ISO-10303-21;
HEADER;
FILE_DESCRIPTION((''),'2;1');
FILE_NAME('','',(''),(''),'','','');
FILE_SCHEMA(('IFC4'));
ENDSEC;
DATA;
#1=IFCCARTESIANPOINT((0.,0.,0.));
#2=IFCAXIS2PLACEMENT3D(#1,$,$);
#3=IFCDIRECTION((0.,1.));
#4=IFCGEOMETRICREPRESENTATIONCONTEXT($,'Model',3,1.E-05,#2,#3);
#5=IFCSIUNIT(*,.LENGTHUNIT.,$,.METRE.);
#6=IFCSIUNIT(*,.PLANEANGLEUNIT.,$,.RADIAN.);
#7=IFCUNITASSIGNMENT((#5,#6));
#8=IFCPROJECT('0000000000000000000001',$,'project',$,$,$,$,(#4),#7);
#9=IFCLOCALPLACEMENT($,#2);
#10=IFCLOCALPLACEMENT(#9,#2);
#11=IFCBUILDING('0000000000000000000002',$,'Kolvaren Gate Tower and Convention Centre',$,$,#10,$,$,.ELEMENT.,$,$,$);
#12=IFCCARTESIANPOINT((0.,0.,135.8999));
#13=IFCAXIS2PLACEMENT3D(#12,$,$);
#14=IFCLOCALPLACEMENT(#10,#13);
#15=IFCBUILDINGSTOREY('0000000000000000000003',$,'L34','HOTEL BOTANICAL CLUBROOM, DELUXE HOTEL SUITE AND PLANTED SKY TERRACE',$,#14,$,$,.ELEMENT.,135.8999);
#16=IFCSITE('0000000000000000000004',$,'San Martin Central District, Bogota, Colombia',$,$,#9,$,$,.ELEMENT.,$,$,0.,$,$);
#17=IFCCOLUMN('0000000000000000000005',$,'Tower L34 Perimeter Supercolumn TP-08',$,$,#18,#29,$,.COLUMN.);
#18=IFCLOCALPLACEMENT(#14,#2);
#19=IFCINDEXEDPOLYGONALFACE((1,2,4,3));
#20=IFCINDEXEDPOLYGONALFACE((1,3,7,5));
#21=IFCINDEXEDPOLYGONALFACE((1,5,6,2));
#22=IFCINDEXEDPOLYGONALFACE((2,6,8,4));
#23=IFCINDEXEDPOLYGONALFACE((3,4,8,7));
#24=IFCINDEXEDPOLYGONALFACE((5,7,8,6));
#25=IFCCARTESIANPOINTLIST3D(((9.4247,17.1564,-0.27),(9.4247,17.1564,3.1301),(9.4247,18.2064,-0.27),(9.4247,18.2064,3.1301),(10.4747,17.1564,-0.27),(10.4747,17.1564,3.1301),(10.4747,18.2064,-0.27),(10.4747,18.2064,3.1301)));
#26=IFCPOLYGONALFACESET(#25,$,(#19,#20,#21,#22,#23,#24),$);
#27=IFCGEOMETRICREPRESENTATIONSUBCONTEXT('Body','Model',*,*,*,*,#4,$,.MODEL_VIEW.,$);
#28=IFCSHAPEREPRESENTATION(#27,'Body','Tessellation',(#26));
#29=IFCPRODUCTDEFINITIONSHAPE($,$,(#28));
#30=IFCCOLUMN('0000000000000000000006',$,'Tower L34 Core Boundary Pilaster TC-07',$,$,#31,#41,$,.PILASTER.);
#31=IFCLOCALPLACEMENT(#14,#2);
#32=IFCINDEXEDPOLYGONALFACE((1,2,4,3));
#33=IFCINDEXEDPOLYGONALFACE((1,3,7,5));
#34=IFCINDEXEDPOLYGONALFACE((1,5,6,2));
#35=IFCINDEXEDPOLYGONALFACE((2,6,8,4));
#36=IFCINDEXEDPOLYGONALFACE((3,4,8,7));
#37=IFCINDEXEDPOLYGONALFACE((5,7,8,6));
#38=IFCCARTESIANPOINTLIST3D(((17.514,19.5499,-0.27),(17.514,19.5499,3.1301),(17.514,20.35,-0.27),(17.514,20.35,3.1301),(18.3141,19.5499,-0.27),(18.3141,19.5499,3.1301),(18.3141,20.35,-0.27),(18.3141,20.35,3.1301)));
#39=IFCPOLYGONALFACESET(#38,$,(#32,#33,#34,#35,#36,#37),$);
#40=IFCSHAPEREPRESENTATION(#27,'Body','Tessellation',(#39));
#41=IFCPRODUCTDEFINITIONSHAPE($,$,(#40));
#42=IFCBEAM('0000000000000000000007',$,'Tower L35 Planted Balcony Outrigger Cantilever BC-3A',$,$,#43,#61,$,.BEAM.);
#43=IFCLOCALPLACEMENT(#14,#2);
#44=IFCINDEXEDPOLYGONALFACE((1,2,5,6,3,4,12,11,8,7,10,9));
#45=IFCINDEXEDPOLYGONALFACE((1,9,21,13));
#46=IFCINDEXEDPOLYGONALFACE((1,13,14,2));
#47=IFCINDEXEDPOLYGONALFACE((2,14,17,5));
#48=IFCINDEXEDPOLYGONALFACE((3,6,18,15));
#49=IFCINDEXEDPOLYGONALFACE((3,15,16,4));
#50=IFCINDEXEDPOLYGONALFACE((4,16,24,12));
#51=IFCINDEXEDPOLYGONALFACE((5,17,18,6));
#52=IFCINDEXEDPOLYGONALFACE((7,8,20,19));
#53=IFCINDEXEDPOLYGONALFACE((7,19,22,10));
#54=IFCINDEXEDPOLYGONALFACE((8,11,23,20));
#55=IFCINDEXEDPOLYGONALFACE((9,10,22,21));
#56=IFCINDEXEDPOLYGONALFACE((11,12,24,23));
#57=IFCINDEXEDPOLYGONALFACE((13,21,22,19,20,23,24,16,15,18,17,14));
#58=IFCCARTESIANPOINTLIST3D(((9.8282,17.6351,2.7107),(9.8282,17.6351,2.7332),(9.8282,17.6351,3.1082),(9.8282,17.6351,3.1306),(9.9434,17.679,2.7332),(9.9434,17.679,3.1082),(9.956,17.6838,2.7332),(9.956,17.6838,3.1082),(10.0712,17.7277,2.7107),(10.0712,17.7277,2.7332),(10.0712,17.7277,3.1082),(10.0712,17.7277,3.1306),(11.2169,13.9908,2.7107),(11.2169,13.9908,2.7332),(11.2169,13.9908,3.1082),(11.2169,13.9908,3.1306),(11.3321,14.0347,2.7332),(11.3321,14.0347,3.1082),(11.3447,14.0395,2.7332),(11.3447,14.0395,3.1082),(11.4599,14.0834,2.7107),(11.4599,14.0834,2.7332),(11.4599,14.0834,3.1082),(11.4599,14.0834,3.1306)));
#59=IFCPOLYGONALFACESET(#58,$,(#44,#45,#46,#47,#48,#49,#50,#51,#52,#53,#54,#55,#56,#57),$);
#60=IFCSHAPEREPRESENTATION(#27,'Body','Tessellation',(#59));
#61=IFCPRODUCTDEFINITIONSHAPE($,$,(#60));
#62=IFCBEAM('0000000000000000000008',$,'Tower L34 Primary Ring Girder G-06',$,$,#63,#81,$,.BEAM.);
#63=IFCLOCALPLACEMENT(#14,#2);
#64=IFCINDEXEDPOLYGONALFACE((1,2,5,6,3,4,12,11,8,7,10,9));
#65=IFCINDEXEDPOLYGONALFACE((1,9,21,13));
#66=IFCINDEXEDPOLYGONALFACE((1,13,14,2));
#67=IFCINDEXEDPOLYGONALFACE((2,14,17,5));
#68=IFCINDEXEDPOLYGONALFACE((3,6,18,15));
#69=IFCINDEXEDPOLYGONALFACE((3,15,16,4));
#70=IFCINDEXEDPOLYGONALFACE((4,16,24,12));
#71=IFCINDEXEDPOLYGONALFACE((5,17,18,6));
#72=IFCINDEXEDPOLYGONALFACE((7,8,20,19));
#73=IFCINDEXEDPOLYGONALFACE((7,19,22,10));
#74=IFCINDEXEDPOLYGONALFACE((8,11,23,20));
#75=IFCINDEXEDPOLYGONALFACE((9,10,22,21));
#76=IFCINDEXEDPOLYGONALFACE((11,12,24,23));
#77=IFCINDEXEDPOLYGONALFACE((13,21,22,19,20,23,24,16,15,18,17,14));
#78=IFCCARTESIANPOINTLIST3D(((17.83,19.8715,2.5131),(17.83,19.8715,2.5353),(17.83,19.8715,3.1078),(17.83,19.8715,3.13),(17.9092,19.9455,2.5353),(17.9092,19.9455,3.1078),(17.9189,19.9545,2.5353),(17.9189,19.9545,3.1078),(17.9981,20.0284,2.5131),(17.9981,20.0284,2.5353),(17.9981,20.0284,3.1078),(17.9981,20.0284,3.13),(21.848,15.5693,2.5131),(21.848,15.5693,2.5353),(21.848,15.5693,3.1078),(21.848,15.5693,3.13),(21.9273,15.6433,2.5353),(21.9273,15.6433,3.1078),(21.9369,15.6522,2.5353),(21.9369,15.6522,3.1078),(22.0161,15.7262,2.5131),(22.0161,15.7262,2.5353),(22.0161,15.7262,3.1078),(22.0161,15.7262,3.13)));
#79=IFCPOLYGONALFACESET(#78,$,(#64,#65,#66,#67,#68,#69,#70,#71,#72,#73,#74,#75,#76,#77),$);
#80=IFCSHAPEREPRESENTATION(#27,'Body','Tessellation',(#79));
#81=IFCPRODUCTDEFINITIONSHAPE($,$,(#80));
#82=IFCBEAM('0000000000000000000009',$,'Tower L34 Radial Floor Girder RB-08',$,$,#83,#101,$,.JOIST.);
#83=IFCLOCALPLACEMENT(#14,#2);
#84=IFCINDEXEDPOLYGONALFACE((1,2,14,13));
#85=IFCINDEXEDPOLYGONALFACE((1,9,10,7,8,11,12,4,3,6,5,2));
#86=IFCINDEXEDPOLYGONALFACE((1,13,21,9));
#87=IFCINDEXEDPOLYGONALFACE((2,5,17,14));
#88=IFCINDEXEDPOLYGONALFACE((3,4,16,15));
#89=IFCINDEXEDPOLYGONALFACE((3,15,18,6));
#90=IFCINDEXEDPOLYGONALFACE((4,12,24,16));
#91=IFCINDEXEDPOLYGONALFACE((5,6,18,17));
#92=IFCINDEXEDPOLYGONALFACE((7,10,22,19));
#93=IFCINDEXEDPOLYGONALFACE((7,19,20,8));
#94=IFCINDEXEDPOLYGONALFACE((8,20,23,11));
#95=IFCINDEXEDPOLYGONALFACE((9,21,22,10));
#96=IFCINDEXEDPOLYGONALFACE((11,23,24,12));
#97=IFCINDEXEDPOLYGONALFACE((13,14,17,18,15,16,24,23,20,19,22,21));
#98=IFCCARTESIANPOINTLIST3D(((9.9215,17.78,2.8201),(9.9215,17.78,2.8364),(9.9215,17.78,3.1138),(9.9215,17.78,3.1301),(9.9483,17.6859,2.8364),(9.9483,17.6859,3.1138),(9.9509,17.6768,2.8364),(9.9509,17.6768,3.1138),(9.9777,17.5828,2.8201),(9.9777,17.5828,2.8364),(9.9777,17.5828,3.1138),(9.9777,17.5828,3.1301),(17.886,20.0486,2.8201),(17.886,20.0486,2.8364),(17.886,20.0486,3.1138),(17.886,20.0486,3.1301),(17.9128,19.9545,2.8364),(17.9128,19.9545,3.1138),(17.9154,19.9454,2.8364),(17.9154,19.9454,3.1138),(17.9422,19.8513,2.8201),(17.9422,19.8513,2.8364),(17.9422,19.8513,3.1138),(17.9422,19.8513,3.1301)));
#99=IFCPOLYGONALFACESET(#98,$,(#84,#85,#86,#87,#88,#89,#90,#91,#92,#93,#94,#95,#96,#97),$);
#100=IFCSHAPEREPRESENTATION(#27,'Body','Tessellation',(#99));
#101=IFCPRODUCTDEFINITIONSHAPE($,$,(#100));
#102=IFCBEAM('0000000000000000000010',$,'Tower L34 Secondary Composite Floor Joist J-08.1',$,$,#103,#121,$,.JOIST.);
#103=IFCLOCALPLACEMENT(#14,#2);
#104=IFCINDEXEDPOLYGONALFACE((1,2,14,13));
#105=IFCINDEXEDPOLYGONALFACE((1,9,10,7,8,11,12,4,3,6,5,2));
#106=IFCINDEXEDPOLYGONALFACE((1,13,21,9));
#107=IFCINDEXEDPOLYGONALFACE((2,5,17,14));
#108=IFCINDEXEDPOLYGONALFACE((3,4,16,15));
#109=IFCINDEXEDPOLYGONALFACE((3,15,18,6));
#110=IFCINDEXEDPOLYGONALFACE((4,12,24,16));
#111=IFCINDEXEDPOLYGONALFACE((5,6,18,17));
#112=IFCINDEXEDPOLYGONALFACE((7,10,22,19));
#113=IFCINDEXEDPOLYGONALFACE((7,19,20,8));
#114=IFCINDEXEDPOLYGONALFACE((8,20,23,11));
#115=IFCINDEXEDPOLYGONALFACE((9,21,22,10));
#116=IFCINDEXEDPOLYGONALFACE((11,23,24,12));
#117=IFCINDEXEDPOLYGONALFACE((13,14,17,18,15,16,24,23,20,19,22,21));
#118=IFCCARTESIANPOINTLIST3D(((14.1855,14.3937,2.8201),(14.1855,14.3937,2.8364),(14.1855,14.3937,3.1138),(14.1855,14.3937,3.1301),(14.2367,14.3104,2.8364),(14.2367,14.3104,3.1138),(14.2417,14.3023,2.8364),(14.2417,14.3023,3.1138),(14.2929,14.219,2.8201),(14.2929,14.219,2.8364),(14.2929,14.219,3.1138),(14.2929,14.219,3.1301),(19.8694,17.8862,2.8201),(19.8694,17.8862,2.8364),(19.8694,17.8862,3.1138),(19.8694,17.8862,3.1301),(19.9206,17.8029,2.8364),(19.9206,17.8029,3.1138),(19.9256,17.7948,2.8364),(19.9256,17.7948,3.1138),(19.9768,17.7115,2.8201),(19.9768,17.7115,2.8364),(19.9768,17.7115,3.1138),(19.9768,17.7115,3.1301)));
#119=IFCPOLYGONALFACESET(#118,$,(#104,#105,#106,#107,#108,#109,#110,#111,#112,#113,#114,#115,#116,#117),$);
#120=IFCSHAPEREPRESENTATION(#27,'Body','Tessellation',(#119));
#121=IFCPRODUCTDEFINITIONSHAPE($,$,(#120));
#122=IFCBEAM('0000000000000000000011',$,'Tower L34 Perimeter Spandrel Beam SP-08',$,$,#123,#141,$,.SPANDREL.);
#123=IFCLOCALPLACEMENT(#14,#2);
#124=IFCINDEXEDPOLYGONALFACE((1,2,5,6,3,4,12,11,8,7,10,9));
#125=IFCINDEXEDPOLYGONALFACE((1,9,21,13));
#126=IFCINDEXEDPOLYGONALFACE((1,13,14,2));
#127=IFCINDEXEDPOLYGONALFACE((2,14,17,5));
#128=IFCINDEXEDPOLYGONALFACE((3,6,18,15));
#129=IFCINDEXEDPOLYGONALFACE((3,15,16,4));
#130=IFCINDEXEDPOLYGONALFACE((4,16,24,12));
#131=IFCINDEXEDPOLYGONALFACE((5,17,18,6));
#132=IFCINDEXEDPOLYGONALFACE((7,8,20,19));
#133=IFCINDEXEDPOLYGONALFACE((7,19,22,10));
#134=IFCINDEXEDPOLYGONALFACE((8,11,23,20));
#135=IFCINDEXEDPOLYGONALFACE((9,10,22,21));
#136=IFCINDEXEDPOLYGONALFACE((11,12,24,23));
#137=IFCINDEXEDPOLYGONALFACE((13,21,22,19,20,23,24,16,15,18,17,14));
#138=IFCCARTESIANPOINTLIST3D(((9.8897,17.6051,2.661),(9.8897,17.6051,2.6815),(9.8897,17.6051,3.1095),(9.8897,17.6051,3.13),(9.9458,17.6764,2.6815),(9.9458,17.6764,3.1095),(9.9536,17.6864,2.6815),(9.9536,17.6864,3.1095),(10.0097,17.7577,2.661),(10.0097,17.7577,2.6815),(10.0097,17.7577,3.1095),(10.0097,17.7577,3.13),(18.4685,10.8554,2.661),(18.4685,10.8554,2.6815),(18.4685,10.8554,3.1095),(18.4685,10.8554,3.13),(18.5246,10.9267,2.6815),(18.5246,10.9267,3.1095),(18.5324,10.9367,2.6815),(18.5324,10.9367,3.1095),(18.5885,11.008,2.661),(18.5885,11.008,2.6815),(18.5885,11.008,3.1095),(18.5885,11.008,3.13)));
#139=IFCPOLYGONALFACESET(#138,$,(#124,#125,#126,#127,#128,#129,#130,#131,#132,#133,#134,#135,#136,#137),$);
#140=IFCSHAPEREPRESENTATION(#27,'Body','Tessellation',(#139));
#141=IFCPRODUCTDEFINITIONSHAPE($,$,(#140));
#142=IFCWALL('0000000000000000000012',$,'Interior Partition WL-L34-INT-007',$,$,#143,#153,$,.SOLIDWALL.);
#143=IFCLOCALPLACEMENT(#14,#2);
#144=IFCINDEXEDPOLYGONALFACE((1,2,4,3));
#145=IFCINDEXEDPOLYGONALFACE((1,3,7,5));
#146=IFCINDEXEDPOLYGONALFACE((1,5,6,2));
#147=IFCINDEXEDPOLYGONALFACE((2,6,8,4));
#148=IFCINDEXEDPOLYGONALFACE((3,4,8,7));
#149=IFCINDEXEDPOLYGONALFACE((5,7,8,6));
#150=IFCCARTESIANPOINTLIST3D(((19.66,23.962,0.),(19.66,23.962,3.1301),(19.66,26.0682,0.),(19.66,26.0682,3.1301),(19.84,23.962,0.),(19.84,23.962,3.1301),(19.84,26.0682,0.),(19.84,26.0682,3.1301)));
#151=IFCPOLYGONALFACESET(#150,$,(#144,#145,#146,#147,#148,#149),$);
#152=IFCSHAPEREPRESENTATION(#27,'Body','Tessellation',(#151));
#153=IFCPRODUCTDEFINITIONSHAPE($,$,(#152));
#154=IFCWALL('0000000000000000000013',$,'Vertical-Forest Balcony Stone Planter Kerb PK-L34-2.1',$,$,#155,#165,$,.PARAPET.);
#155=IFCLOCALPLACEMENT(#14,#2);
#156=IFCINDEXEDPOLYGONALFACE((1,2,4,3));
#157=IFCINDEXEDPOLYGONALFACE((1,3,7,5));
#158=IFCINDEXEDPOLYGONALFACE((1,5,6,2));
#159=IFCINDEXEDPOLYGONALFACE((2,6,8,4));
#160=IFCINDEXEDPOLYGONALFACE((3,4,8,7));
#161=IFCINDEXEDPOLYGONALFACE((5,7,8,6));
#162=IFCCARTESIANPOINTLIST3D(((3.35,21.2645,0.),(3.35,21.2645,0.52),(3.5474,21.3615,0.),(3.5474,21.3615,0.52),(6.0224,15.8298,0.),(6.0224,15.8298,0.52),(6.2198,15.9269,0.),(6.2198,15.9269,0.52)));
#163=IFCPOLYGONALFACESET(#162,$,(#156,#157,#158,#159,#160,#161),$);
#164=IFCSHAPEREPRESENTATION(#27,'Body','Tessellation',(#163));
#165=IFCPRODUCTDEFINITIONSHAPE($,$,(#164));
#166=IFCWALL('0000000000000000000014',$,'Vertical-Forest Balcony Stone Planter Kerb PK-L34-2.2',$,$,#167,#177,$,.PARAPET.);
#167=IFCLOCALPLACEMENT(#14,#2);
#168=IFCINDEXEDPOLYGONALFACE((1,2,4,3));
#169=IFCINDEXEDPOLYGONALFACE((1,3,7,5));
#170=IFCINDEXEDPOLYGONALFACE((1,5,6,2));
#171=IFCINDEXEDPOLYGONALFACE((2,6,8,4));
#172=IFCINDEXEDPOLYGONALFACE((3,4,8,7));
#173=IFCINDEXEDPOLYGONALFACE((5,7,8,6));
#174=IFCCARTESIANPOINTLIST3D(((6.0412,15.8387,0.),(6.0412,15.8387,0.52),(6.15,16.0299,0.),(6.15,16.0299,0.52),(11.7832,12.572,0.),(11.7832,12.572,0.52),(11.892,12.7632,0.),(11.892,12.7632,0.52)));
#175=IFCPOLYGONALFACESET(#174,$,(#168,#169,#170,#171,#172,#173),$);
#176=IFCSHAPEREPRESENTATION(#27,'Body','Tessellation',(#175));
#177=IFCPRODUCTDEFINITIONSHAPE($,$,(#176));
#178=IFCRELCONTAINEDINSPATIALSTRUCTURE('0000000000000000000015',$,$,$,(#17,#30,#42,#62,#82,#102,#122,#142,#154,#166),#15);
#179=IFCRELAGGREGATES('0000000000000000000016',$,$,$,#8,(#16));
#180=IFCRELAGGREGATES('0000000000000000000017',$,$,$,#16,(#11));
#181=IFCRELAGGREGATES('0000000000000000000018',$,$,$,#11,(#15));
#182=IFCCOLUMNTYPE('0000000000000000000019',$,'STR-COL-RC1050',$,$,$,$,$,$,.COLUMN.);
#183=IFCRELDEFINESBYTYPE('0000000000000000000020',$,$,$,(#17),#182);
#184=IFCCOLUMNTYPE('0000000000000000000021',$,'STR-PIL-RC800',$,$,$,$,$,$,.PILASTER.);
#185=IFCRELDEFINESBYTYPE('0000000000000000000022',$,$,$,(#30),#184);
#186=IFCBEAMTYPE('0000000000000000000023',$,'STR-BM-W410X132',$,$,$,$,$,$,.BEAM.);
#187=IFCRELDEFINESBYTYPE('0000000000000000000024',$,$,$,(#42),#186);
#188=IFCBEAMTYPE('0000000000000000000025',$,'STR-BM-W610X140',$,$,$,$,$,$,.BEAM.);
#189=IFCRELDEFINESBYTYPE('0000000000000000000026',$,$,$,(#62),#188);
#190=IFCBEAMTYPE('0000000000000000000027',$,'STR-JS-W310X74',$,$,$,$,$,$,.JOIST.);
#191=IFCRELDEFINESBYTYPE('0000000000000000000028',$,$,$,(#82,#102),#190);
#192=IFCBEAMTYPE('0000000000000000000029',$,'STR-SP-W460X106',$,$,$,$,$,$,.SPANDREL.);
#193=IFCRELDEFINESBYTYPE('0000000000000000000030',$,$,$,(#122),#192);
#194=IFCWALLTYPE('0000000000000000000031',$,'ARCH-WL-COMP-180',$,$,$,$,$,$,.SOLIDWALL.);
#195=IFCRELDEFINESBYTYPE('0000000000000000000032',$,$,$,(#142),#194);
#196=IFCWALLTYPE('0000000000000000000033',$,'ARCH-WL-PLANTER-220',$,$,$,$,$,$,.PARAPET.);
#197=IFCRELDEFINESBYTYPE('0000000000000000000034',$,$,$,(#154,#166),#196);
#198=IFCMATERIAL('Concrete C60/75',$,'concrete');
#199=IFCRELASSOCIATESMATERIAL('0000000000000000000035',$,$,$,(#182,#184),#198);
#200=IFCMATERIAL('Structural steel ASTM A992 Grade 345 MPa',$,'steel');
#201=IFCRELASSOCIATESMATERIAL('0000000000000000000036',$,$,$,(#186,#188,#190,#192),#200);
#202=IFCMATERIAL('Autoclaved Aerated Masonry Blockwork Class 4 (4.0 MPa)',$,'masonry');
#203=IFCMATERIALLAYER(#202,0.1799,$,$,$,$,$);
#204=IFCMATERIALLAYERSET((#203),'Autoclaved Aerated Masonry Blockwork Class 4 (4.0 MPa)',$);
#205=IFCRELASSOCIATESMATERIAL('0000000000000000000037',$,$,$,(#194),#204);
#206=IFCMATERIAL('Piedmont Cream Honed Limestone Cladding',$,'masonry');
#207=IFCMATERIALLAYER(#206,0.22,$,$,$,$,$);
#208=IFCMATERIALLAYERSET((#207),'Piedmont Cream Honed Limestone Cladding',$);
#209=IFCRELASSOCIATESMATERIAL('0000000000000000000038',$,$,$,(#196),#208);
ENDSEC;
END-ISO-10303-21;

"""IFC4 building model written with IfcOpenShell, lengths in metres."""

from ifc_helpers import new_model, si_unit, direction, frame, frame_2d, origin, origin_2d, place, context, subcontext, project, spatial, rectangle, i_section, extrude, material, layer, layer_set, material_profile, profile_set, type_object, element, save


model = new_model("IFC4")

# Units and contexts
model_context = context("Model", 3, precision=1e-05, world=origin(), true_north=direction((0.0, 1.0)))
body_context = subcontext(model_context, "Body", "Model", "MODEL_VIEW")
ifc_project = project(units=[si_unit("LENGTHUNIT", "METRE"), si_unit("PLANEANGLEUNIT", "RADIAN")], contexts=[model_context])

# Site, building, storey
site_placement = place(None, origin())
site = spatial("IfcSite", under=ifc_project, at=site_placement, Name="San Martin Central District, Bogota, Colombia", CompositionType="ELEMENT", RefElevation=0.0)
building_placement = place(site_placement, origin())
building = spatial("IfcBuilding", under=site, at=building_placement, Name="Kolvaren Gate Tower and Convention Centre", CompositionType="ELEMENT")
storey_placement = place(building_placement, frame((0.0, 0.0, 135.8999)))
storey = spatial("IfcBuildingStorey", under=building, at=storey_placement, Name="L34", Description="HOTEL BOTANICAL CLUBROOM, DELUXE HOTEL SUITE AND PLANTED SKY TERRACE", CompositionType="ELEMENT", Elevation=135.8999)

# Columns
ifc_material_1 = material(Name="Concrete C60/75", Category="concrete")
ifc_material_profile_1 = material_profile(ifc_material_1, rectangle(XDim=1.05, YDim=1.05, at=origin_2d()), Name="RC-COL-1050X1050")
ifc_profile_set_1 = profile_set([ifc_material_profile_1], Name="Concrete C60/75")
column_type_1 = type_object("IfcColumnType", Name="STR-COL-RC1050", PredefinedType="COLUMN", material=ifc_profile_set_1)
column_1_placement = place(storey_placement, frame((9.9497, 17.6814, -0.27), z_axis=(0.0, 0.0, 1.0), x_axis=(1.0, 0.0, 0.0)))
element("IfcColumn", 1, at=column_1_placement, inside=storey, type_object=column_type_1, Name="Tower L34 Perimeter Supercolumn TP-08", PredefinedType="COLUMN", context=body_context, shape_type="SweptSolid", body=[
    extrude(rectangle(XDim=1.05, YDim=1.05, at=origin_2d()), origin(), (0.0, 0.0, 1.0), 3.4001),
])
ifc_material_profile_2 = material_profile(ifc_material_1, rectangle(XDim=0.8, YDim=0.8, at=origin_2d()), Name="RC-COL-800X800")
ifc_profile_set_2 = profile_set([ifc_material_profile_2], Name="Concrete C60/75")
column_type_2 = type_object("IfcColumnType", Name="STR-PIL-RC800", PredefinedType="PILASTER", material=ifc_profile_set_2)
column_2_placement = place(storey_placement, frame((17.9141, 19.95, -0.27), z_axis=(0.0, 0.0, 1.0), x_axis=(1.0, 0.0, 0.0)))
element("IfcColumn", 2, at=column_2_placement, inside=storey, type_object=column_type_2, Name="Tower L34 Core Boundary Pilaster TC-07", PredefinedType="PILASTER", context=body_context, shape_type="SweptSolid", body=[
    extrude(rectangle(XDim=0.8, YDim=0.8, at=origin_2d()), origin(), (0.0, 0.0, 1.0), 3.4001),
])

# Beams
ifc_material_2 = material(Name="Structural steel ASTM A992 Grade 345 MPa", Category="steel")
ifc_material_profile_3 = material_profile(ifc_material_2, i_section(OverallWidth=0.26, OverallDepth=0.4199, WebThickness=0.0134, FlangeThickness=0.0225, at=origin_2d()), Name="W410X132")
ifc_profile_set_3 = profile_set([ifc_material_profile_3], Name="Structural steel ASTM A992 Grade 345 MPa")
beam_type_1 = type_object("IfcBeamType", Name="STR-BM-W410X132", PredefinedType="BEAM", material=ifc_profile_set_3)
beam_1_placement = place(storey_placement, frame((9.9497, 17.6814, 2.9207), z_axis=(0.356079, -0.934456, 0.0), x_axis=(0.934456, 0.356079, 0.0)))
element("IfcBeam", 3, at=beam_1_placement, inside=storey, type_object=beam_type_1, Name="Tower L35 Planted Balcony Outrigger Cantilever BC-3A", PredefinedType="BEAM", context=body_context, shape_type="SweptSolid", body=[
    extrude(i_section(OverallWidth=0.26, OverallDepth=0.4199, WebThickness=0.0134, FlangeThickness=0.0225, at=origin_2d()), origin(), (0.0, 0.0, 1.0), 3.8999),
])
ifc_material_profile_4 = material_profile(ifc_material_2, i_section(OverallWidth=0.23, OverallDepth=0.6169, WebThickness=0.0132, FlangeThickness=0.0222, at=origin_2d()), Name="W610X140")
ifc_profile_set_4 = profile_set([ifc_material_profile_4], Name="Structural steel ASTM A992 Grade 345 MPa")
beam_type_2 = type_object("IfcBeamType", Name="STR-BM-W610X140", PredefinedType="BEAM", material=ifc_profile_set_4)
beam_2_placement = place(storey_placement, frame((17.9141, 19.95, 2.8215), z_axis=(0.682558, -0.730832, 0.0), x_axis=(0.730832, 0.682558, 0.0)))
element("IfcBeam", 4, at=beam_2_placement, inside=storey, type_object=beam_type_2, Name="Tower L34 Primary Ring Girder G-06", PredefinedType="BEAM", context=body_context, shape_type="SweptSolid", body=[
    extrude(i_section(OverallWidth=0.23, OverallDepth=0.6169, WebThickness=0.0132, FlangeThickness=0.0222, at=origin_2d()), origin(), (0.0, 0.0, 1.0), 5.8867),
])
ifc_material_profile_5 = material_profile(ifc_material_2, i_section(OverallWidth=0.2051, OverallDepth=0.3101, WebThickness=0.0095, FlangeThickness=0.0164, at=origin_2d()), Name="W310X74")
ifc_profile_set_5 = profile_set([ifc_material_profile_5], Name="Structural steel ASTM A992 Grade 345 MPa")
beam_type_3 = type_object("IfcBeamType", Name="STR-JS-W310X74", PredefinedType="JOIST", material=ifc_profile_set_5)
beam_3_placement = place(storey_placement, frame((17.9141, 19.95, 2.9751), z_axis=(-0.961746, -0.273942, 0.0), x_axis=(0.273942, -0.961746, 0.0)))
element("IfcBeam", 5, at=beam_3_placement, inside=storey, type_object=beam_type_3, Name="Tower L34 Radial Floor Girder RB-08", PredefinedType="JOIST", context=body_context, shape_type="SweptSolid", body=[
    extrude(i_section(OverallWidth=0.2051, OverallDepth=0.3101, WebThickness=0.0095, FlangeThickness=0.0164, at=origin_2d()), origin(), (0.0, 0.0, 1.0), 8.2812),
])
beam_4_placement = place(storey_placement, frame((19.9231, 17.7988, 2.9751), z_axis=(-0.852014, -0.523519, 0.0), x_axis=(0.523519, -0.852014, 0.0)))
element("IfcBeam", 6, at=beam_4_placement, inside=storey, type_object=beam_type_3, Name="Tower L34 Secondary Composite Floor Joist J-08.1", PredefinedType="JOIST", context=body_context, shape_type="SweptSolid", body=[
    extrude(i_section(OverallWidth=0.2051, OverallDepth=0.3101, WebThickness=0.0095, FlangeThickness=0.0164, at=origin_2d()), origin(), (0.0, 0.0, 1.0), 6.6711),
])
ifc_material_profile_6 = material_profile(ifc_material_2, i_section(OverallWidth=0.1941, OverallDepth=0.469, WebThickness=0.0127, FlangeThickness=0.0205, at=origin_2d()), Name="W460X106")
ifc_profile_set_6 = profile_set([ifc_material_profile_6], Name="Structural steel ASTM A992 Grade 345 MPa")
beam_type_4 = type_object("IfcBeamType", Name="STR-SP-W460X106", PredefinedType="SPANDREL", material=ifc_profile_set_6)
beam_5_placement = place(storey_placement, frame((9.9497, 17.6814, 2.8955), z_axis=(0.785908, -0.618344, 0.0), x_axis=(0.618344, 0.785908, 0.0)))
element("IfcBeam", 7, at=beam_5_placement, inside=storey, type_object=beam_type_4, Name="Tower L34 Perimeter Spandrel Beam SP-08", PredefinedType="SPANDREL", context=body_context, shape_type="SweptSolid", body=[
    extrude(i_section(OverallWidth=0.1941, OverallDepth=0.469, WebThickness=0.0127, FlangeThickness=0.0205, at=origin_2d()), origin(), (0.0, 0.0, 1.0), 10.9158),
])

# Walls
ifc_material_3 = material(Name="Autoclaved Aerated Masonry Blockwork Class 4 (4.0 MPa)", Category="masonry")
ifc_layer_1 = layer(ifc_material_3, 0.1799)
ifc_layer_set_1 = layer_set([ifc_layer_1], Name="Autoclaved Aerated Masonry Blockwork Class 4 (4.0 MPa)")
wall_type_1 = type_object("IfcWallType", Name="ARCH-WL-COMP-180", PredefinedType="SOLIDWALL", material=ifc_layer_set_1)
wall_1_placement = place(storey_placement, frame((19.75, 23.9619, 0.0), z_axis=(0.0, 0.0, 1.0), x_axis=(0.0, 1.0, 0.0)))
element("IfcWall", 8, at=wall_1_placement, inside=storey, type_object=wall_type_1, Name="Interior Partition WL-L34-INT-007", PredefinedType="SOLIDWALL", context=body_context, shape_type="SweptSolid", body=[
    extrude(rectangle(XDim=2.1062, YDim=0.1799, at=frame_2d((1.0532, 0.0))), origin(), (0.0, 0.0, 1.0), 3.1301),
])
ifc_material_4 = material(Name="Piedmont Cream Honed Limestone Cladding", Category="masonry")
ifc_layer_2 = layer(ifc_material_4, 0.22)
ifc_layer_set_2 = layer_set([ifc_layer_2], Name="Piedmont Cream Honed Limestone Cladding")
wall_type_2 = type_object("IfcWallType", Name="ARCH-WL-PLANTER-220", PredefinedType="PARAPET", material=ifc_layer_set_2)
wall_2_placement = place(storey_placement, frame((3.4487, 21.313, 0.0), z_axis=(0.0, 0.0, 1.0), x_axis=(0.44127, -0.897375, 0.0)))
element("IfcWall", 9, at=wall_2_placement, inside=storey, type_object=wall_type_2, Name="Vertical-Forest Balcony Stone Planter Kerb PK-L34-2.1", PredefinedType="PARAPET", context=body_context, shape_type="SweptSolid", body=[
    extrude(rectangle(XDim=6.0562, YDim=0.22, at=frame_2d((3.0281, 0.0))), origin(), (0.0, 0.0, 1.0), 0.52),
])
wall_3_placement = place(storey_placement, frame((6.0955, 15.9343, 0.0), z_axis=(0.0, 0.0, 1.0), x_axis=(0.869188, -0.494482, 0.0)))
element("IfcWall", 10, at=wall_3_placement, inside=storey, type_object=wall_type_2, Name="Vertical-Forest Balcony Stone Planter Kerb PK-L34-2.2", PredefinedType="PARAPET", context=body_context, shape_type="SweptSolid", body=[
    extrude(rectangle(XDim=6.6062, YDim=0.22, at=frame_2d((3.3032, 0.0))), origin(), (0.0, 0.0, 1.0), 0.52),
])

save(model, "model.ifc")
